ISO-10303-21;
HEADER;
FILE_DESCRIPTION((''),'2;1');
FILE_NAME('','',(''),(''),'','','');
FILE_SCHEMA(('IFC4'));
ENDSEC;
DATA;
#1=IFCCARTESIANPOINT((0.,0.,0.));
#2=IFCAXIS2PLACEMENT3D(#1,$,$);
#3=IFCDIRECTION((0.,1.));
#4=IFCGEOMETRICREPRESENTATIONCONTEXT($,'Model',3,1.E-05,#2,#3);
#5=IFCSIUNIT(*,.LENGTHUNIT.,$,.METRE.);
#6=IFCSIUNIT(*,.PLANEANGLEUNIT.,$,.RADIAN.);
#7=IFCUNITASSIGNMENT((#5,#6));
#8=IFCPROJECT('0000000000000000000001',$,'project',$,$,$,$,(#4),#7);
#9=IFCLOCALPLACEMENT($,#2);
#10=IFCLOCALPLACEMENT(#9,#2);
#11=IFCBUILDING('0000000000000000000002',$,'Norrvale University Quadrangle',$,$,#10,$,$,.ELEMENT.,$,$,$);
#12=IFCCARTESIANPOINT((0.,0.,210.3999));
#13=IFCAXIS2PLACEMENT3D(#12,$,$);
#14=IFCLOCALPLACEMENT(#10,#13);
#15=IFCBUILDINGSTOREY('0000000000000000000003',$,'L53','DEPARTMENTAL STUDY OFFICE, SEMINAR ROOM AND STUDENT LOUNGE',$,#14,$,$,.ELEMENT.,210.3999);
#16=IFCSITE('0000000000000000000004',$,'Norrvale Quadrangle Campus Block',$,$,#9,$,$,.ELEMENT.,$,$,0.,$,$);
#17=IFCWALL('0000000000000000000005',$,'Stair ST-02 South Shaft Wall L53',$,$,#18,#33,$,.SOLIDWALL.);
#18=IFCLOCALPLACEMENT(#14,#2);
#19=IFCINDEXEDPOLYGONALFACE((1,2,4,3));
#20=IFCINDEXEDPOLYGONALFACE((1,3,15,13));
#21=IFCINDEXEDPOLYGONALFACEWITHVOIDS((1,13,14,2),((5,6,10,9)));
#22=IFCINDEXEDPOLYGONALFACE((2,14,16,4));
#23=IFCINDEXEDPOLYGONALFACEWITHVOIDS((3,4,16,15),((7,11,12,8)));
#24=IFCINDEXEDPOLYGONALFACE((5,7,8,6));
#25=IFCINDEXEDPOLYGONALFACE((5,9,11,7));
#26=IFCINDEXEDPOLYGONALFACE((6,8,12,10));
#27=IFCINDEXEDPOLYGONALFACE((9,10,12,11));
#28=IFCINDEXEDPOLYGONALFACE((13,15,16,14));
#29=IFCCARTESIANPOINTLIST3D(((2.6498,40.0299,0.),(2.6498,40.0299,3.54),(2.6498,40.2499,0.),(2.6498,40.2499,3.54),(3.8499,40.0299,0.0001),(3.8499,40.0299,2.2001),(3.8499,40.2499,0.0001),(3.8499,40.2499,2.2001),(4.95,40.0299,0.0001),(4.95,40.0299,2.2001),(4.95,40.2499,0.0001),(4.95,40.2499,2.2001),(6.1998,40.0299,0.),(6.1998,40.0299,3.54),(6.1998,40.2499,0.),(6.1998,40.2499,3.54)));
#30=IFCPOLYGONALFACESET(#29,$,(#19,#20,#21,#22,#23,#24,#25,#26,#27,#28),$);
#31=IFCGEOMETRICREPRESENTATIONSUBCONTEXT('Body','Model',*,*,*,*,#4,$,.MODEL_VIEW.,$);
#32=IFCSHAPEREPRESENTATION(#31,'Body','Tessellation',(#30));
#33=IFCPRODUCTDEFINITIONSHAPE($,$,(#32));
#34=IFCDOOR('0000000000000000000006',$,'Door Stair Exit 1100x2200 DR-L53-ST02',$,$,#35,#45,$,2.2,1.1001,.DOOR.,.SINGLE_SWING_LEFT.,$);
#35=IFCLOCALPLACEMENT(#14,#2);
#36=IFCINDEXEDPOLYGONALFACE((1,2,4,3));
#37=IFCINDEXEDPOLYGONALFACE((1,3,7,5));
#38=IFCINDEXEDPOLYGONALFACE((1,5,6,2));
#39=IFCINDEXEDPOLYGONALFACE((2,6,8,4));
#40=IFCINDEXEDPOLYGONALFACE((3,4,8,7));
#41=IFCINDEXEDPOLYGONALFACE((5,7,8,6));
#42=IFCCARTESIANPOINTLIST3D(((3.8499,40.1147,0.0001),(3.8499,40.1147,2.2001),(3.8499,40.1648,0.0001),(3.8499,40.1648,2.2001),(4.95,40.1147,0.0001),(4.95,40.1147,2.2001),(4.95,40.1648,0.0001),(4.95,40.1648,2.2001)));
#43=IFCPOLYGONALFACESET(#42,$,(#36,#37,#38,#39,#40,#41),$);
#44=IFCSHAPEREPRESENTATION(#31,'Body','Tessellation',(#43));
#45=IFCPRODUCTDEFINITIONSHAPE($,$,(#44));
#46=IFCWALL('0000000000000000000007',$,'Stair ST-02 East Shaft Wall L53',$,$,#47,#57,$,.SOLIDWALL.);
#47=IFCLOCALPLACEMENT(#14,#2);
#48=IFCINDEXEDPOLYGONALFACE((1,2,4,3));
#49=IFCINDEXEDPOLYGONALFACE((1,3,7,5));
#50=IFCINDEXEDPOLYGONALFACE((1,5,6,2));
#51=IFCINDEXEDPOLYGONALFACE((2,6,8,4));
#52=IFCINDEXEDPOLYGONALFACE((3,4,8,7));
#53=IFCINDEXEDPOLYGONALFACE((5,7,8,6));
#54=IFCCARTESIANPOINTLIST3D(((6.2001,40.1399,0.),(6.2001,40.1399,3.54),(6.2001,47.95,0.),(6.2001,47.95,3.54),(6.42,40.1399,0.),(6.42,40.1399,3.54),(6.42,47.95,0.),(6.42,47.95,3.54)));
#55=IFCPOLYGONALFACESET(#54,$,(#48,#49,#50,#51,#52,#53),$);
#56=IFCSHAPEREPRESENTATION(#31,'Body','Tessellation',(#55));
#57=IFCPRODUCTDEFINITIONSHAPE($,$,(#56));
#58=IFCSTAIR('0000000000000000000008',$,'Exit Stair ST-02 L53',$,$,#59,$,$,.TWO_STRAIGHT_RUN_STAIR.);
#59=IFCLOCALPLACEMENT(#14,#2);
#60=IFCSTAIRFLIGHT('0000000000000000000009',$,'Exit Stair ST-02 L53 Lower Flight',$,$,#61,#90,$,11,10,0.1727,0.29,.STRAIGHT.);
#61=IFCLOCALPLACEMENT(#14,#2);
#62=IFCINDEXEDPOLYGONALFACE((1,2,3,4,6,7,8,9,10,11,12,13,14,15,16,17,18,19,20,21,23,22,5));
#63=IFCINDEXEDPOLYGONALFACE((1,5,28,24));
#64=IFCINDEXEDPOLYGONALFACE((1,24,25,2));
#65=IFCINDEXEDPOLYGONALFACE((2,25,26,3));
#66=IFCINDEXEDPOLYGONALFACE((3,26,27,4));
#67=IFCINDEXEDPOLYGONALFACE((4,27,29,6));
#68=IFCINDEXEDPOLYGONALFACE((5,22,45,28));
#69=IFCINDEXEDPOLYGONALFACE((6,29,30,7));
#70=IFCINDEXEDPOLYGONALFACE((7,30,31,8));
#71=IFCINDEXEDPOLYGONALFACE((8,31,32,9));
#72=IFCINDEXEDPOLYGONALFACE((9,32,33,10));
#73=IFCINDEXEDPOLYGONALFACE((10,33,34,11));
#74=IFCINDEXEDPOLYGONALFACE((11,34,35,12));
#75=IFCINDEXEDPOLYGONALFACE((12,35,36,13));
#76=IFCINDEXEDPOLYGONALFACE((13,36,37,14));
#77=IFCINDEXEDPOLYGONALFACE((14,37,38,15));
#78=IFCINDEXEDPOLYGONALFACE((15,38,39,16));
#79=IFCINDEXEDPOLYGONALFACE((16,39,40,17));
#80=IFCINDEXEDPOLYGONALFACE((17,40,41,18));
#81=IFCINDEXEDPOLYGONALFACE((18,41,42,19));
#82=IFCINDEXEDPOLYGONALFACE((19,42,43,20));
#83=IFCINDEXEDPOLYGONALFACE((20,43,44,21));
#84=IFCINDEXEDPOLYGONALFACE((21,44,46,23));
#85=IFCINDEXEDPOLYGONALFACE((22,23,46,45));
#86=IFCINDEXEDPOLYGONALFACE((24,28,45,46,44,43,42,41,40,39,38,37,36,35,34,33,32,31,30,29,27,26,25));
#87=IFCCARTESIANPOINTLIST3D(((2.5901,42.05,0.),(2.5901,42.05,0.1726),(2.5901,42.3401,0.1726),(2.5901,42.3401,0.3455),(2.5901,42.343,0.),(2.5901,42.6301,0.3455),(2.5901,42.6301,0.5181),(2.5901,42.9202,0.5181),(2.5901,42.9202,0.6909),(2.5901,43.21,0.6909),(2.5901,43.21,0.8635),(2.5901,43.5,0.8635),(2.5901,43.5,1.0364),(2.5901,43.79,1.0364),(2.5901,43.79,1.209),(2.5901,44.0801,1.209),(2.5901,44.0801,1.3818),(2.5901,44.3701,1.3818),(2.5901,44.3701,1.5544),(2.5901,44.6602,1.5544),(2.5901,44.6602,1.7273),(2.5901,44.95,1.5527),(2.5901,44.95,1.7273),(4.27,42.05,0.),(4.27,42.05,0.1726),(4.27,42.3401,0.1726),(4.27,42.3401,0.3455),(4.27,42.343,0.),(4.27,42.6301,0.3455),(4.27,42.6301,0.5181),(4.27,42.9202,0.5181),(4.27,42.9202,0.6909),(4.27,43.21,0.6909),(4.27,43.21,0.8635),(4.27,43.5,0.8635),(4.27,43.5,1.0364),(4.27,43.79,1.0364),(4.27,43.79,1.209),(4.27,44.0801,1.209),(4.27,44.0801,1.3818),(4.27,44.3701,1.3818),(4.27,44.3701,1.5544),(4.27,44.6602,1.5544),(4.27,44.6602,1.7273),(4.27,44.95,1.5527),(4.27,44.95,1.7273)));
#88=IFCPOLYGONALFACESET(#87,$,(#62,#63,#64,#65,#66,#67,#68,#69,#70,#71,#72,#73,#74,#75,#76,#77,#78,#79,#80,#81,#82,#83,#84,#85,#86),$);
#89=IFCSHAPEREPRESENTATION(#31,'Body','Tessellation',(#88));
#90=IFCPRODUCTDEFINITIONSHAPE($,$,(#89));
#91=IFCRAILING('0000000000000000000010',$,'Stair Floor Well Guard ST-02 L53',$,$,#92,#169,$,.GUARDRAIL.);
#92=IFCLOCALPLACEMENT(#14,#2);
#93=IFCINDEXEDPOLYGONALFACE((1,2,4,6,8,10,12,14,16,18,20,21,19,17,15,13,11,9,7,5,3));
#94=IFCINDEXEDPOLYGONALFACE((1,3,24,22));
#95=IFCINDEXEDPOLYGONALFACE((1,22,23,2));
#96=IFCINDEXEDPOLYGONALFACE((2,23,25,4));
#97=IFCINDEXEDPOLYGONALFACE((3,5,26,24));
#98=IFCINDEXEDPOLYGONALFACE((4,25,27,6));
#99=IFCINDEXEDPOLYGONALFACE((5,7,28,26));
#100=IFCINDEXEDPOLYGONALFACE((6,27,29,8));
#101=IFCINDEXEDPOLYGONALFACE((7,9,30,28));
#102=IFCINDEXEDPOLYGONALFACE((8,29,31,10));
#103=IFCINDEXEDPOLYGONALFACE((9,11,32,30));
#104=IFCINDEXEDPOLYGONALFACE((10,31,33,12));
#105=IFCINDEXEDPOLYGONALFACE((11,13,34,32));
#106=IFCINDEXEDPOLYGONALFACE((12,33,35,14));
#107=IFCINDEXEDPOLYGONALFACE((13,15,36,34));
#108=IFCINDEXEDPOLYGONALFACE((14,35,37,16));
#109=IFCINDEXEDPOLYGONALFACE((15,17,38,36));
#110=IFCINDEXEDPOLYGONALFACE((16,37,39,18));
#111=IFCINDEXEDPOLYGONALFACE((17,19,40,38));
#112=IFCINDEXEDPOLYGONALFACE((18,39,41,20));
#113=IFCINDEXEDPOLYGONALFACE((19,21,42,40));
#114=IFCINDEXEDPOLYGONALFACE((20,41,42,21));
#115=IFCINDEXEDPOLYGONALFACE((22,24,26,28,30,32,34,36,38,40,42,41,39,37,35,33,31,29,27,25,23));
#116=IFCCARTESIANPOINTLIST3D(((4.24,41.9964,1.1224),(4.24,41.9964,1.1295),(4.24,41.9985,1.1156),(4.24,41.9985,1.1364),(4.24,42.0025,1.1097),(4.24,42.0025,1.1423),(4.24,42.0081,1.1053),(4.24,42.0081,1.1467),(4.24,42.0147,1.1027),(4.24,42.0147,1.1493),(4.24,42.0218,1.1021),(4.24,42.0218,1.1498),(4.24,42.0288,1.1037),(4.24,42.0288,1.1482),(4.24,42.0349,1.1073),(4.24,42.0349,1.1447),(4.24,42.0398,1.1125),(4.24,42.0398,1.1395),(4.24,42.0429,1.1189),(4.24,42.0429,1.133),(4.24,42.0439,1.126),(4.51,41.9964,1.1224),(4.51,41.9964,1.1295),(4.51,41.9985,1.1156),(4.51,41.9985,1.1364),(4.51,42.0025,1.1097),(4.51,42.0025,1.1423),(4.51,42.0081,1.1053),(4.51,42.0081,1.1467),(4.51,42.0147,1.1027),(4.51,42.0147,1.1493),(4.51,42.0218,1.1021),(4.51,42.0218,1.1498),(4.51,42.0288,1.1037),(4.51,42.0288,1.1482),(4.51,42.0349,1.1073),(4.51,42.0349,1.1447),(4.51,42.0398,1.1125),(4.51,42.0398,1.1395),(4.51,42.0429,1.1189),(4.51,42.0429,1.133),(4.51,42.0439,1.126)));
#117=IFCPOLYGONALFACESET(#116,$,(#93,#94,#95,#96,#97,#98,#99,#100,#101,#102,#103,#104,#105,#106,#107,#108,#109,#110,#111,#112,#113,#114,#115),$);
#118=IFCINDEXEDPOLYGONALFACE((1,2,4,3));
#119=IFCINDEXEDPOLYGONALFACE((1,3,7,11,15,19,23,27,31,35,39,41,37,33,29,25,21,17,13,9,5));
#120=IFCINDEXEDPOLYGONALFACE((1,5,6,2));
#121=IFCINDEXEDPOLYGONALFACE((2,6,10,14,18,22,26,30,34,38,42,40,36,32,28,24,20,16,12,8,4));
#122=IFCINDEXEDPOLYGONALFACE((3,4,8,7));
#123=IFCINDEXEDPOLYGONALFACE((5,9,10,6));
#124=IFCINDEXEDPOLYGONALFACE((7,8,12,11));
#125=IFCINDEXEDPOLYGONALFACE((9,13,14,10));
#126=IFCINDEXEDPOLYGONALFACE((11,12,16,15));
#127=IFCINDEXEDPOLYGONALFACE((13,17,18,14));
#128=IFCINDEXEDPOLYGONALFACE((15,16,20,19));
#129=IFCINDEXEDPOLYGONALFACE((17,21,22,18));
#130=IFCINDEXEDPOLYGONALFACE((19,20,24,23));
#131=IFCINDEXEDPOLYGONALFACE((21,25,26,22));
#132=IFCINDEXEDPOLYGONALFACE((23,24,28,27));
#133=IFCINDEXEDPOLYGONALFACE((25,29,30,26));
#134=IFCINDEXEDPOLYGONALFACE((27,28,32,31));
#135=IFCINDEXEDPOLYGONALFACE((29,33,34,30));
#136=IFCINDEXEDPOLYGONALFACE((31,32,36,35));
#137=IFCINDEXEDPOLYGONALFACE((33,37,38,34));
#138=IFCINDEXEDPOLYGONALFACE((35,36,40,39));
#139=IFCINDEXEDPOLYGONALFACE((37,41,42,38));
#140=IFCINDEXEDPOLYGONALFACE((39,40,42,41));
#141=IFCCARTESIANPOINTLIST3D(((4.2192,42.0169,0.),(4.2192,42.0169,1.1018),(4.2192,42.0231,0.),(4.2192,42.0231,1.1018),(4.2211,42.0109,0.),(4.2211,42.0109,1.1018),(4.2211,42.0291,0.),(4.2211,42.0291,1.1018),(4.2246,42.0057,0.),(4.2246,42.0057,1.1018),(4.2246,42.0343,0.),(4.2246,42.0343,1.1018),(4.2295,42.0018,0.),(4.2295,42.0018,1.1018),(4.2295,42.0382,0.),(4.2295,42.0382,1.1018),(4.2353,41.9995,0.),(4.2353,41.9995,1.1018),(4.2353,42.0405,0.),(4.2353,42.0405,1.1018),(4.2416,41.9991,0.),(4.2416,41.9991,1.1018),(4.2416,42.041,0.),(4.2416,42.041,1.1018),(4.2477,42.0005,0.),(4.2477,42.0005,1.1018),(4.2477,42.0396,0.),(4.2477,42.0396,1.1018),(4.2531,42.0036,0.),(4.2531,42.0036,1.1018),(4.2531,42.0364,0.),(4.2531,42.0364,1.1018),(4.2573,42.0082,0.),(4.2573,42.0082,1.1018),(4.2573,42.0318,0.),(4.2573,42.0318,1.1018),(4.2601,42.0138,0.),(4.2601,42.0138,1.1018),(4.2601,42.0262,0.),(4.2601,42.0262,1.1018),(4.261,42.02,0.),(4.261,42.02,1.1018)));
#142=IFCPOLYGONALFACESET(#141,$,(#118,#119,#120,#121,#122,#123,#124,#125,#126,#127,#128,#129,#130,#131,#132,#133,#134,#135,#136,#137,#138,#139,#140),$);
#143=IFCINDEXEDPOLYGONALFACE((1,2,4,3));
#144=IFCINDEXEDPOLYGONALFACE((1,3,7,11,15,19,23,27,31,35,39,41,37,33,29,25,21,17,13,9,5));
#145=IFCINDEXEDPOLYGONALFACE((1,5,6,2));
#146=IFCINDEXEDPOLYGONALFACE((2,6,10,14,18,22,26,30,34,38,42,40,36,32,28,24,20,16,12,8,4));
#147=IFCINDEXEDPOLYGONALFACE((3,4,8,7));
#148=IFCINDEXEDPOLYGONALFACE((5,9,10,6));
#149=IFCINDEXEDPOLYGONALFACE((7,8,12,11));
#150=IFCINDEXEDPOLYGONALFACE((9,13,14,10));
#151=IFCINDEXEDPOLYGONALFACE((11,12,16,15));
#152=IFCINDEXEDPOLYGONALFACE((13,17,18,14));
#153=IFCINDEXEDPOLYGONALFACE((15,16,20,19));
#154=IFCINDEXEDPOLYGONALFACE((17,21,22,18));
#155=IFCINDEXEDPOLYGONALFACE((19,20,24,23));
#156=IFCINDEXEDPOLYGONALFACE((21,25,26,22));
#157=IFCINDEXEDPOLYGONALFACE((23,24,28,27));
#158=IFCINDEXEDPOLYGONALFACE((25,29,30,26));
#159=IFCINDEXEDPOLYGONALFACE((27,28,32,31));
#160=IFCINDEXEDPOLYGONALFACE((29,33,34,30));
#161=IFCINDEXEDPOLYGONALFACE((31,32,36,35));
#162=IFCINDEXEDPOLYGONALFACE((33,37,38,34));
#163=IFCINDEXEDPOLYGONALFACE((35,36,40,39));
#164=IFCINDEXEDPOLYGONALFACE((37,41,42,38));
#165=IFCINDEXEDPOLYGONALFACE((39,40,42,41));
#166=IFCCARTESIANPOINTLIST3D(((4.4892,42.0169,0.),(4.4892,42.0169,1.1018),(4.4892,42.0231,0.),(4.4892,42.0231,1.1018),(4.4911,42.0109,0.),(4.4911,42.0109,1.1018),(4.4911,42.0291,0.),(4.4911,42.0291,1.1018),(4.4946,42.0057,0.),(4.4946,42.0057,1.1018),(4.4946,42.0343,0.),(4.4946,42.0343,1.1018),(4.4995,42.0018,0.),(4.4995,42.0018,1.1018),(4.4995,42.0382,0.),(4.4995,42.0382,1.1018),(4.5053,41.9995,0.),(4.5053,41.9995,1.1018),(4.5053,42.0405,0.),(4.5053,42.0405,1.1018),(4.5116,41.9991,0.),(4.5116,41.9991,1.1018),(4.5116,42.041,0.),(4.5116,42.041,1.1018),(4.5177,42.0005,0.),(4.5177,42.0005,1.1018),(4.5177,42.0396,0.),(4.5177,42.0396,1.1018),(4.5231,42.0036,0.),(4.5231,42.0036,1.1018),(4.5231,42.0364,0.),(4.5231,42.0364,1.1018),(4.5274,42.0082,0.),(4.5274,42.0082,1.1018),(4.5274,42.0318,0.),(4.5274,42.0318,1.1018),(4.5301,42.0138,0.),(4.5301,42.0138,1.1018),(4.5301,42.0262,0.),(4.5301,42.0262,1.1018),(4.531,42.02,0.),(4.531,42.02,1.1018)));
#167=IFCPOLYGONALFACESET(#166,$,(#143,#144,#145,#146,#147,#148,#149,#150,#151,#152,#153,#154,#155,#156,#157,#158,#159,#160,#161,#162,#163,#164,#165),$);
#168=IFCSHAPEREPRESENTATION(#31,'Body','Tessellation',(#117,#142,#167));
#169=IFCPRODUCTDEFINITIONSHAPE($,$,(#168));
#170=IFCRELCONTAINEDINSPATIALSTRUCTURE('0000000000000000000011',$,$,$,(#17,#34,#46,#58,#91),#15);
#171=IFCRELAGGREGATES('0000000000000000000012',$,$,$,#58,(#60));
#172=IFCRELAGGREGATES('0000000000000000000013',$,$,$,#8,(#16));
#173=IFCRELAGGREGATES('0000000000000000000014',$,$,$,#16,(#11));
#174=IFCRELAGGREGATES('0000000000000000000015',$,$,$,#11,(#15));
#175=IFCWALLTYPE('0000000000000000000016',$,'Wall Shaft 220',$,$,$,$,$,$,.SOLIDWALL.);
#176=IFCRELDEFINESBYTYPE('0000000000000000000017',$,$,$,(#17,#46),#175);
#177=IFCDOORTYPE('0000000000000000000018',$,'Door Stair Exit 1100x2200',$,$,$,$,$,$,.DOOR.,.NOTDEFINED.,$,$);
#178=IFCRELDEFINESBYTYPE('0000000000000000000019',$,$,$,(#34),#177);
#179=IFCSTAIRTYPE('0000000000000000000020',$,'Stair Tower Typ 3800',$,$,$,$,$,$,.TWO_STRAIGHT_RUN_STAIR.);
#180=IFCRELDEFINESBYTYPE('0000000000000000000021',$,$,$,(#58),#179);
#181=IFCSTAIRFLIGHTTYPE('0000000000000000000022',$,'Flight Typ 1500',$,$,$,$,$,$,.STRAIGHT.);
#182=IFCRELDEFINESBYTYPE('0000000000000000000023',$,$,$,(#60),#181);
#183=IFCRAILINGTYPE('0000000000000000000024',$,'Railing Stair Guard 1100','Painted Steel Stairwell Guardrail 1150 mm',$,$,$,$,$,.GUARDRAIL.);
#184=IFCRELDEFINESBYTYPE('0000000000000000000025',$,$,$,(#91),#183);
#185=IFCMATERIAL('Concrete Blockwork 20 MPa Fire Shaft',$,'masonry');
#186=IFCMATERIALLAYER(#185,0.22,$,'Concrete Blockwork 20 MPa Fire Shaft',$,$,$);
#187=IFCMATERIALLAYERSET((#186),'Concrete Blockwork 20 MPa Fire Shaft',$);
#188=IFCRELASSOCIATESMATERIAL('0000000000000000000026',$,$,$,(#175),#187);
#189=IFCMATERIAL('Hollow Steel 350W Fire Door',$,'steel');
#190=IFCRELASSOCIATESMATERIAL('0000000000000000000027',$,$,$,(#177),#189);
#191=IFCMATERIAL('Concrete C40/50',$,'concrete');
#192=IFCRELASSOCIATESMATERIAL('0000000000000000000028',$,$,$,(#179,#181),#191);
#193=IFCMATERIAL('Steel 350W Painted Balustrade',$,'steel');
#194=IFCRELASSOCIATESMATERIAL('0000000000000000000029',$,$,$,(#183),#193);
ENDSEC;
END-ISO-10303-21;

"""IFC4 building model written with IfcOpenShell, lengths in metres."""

from ifc_helpers import new_model, si_unit, direction, frame, frame_2d, origin, origin_2d, place, context, subcontext, project, spatial, polyline, rectangle, circle, outline, extrude, material, layer, layer_set, type_object, element, fill, aggregate, save


model = new_model("IFC4")

# Units and contexts
model_context = context("Model", 3, precision=1e-05, world=origin(), true_north=direction((0.0, 1.0)))
body_context = subcontext(model_context, "Body", "Model", "MODEL_VIEW")
ifc_project = project(units=[si_unit("LENGTHUNIT", "METRE"), si_unit("PLANEANGLEUNIT", "RADIAN")], contexts=[model_context])

# Site, building, storey
site_placement = place(None, origin())
site = spatial("IfcSite", under=ifc_project, at=site_placement, Name="Norrvale Quadrangle Campus Block", CompositionType="ELEMENT", RefElevation=0.0)
building_placement = place(site_placement, origin())
building = spatial("IfcBuilding", under=site, at=building_placement, Name="Norrvale University Quadrangle", CompositionType="ELEMENT")
storey_placement = place(building_placement, frame((0.0, 0.0, 210.3999)))
storey = spatial("IfcBuildingStorey", under=building, at=storey_placement, Name="L53", Description="DEPARTMENTAL STUDY OFFICE, SEMINAR ROOM AND STUDENT LOUNGE", CompositionType="ELEMENT", Elevation=210.3999)

# Wall, opening, door
ifc_material_1 = material(Name="Concrete Blockwork 20 MPa Fire Shaft", Category="masonry")
ifc_layer_1 = layer(ifc_material_1, 0.22, Name="Concrete Blockwork 20 MPa Fire Shaft")
ifc_layer_set_1 = layer_set([ifc_layer_1], Name="Concrete Blockwork 20 MPa Fire Shaft")
wall_type_1 = type_object("IfcWallType", Name="Wall Shaft 220", PredefinedType="SOLIDWALL", material=ifc_layer_set_1)
wall_1_placement = place(storey_placement, frame((2.6499, 40.1399, 0.0), z_axis=(0.0, 0.0, 1.0), x_axis=(1.0, 0.0, 0.0)))
wall_1 = element("IfcWall", 1, at=wall_1_placement, inside=storey, type_object=wall_type_1, Name="Stair ST-02 South Shaft Wall L53", PredefinedType="SOLIDWALL", context=body_context, shape_type="SweptSolid", body=[
    extrude(rectangle(XDim=3.55, YDim=0.22, at=frame_2d((1.7749, 0.0))), origin(), (0.0, 0.0, 1.0), 3.54),
])
opening_placement = place(wall_1_placement, frame((1.2, 0.0, 0.0)))
opening = element("IfcOpeningElement", 2, at=opening_placement, cuts=wall_1, PredefinedType="OPENING", context=body_context, shape_type="SweptSolid", body=[
    extrude(rectangle(XDim=1.1001, YDim=2.2, at=frame_2d((0.55, 1.1001))), frame((0.0, 0.1221, 0.0), z_axis=(0.0, -1.0, 0.0), x_axis=(1.0, 0.0, 0.0)), (0.0, 0.0, 1.0), 0.2439),
])
ifc_material_2 = material(Name="Hollow Steel 350W Fire Door", Category="steel")
door_type = type_object("IfcDoorType", Name="Door Stair Exit 1100x2200", OperationType="NOTDEFINED", PredefinedType="DOOR", material=ifc_material_2)
door_placement = place(opening_placement, origin())
door = element("IfcDoor", 3, at=door_placement, inside=storey, type_object=door_type, Name="Door Stair Exit 1100x2200 DR-L53-ST02", OperationType="SINGLE_SWING_LEFT", OverallHeight=2.2, OverallWidth=1.1001, PredefinedType="DOOR", context=body_context, shape_type="SweptSolid", body=[
    extrude(rectangle(XDim=1.1001, YDim=2.2, at=frame_2d((0.55, 1.1001))), frame((0.0, 0.0249, 0.0), z_axis=(0.0, -1.0, 0.0), x_axis=(1.0, 0.0, 0.0)), (0.0, 0.0, 1.0), 0.05),
])
fill(opening, door)

# Wall
wall_2_placement = place(storey_placement, frame((6.3101, 40.1399, 0.0), z_axis=(0.0, 0.0, 1.0), x_axis=(0.0, 1.0, 0.0)))
element("IfcWall", 4, at=wall_2_placement, inside=storey, type_object=wall_type_1, Name="Stair ST-02 East Shaft Wall L53", PredefinedType="SOLIDWALL", context=body_context, shape_type="SweptSolid", body=[
    extrude(rectangle(XDim=7.8101, YDim=0.22, at=frame_2d((3.905, 0.0))), origin(), (0.0, 0.0, 1.0), 3.54),
])

# Stair, stair flight
ifc_material_3 = material(Name="Concrete C40/50", Category="concrete")
stair_type = type_object("IfcStairType", Name="Stair Tower Typ 3800", PredefinedType="TWO_STRAIGHT_RUN_STAIR", material=ifc_material_3)
stair_placement = place(storey_placement, origin())
stair = element("IfcStair", 5, at=stair_placement, inside=storey, type_object=stair_type, Name="Exit Stair ST-02 L53", PredefinedType="TWO_STRAIGHT_RUN_STAIR")
stair_flight_type = type_object("IfcStairFlightType", Name="Flight Typ 1500", PredefinedType="STRAIGHT", material=ifc_material_3)
stair_flight_placement = place(storey_placement, frame((3.4299, 42.05, 0.0), z_axis=(0.0, 0.0, 1.0), x_axis=(0.0, 1.0, 0.0)))
stair_flight = element("IfcStairFlight", 6, at=stair_flight_placement, type_object=stair_flight_type, Name="Exit Stair ST-02 L53 Lower Flight", NumberOfRisers=11, NumberOfTreads=10, PredefinedType="STRAIGHT", RiserHeight=0.1727, TreadLength=0.29, context=body_context, shape_type="SweptSolid", body=[
    extrude(outline(polyline([(0.0, 0.0), (0.0, 0.1726), (0.29, 0.1726), (0.29, 0.3455), (0.5801, 0.3455), (0.5801, 0.5181), (0.8701, 0.5181), (0.8701, 0.6909), (1.1599, 0.6909), (1.1599, 0.8635), (1.45, 0.8635), (1.45, 1.0364), (1.74, 1.0364), (1.74, 1.209), (2.03, 1.209), (2.03, 1.3818), (2.3201, 1.3818), (2.3201, 1.5544), (2.6101, 1.5544), (2.6101, 1.7273), (2.8999, 1.7273), (2.8999, 1.8999), (2.8999, 1.5527), (0.293, 0.0), (0.0, 0.0)])), frame((0.0, 0.8398, 0.0), z_axis=(0.0, -1.0, 0.0), x_axis=(1.0, 0.0, 0.0)), (0.0, 0.0, 1.0), 1.6799),
])
aggregate(stair, [stair_flight])

# Railing
ifc_material_4 = material(Name="Steel 350W Painted Balustrade", Category="steel")
railing_type_1 = type_object("IfcRailingType", Name="Railing Stair Guard 1100", Description="Painted Steel Stairwell Guardrail 1150 mm", PredefinedType="GUARDRAIL", material=ifc_material_4)
railing_1_placement = place(storey_placement, frame((4.24, 42.02, 0.0)))
element("IfcRailing", 7, at=railing_1_placement, inside=storey, type_object=railing_type_1, Name="Stair Floor Well Guard ST-02 L53", PredefinedType="GUARDRAIL", context=body_context, shape_type="SweptSolid", body=[
    extrude(circle(Radius=0.0239, at=origin_2d()), frame((0.0, 0.0, 1.126), z_axis=(1.0, 0.0, 0.0), x_axis=(0.0, 1.0, 0.0)), (0.0, 0.0, 1.0), 0.27),
    extrude(circle(Radius=0.021, at=origin_2d()), origin(), (0.0, 0.0, 1.0), 1.1018),
    extrude(circle(Radius=0.021, at=origin_2d()), frame((0.27, 0.0, 0.0)), (0.0, 0.0, 1.0), 1.1018),
])

save(model, "model.ifc")
